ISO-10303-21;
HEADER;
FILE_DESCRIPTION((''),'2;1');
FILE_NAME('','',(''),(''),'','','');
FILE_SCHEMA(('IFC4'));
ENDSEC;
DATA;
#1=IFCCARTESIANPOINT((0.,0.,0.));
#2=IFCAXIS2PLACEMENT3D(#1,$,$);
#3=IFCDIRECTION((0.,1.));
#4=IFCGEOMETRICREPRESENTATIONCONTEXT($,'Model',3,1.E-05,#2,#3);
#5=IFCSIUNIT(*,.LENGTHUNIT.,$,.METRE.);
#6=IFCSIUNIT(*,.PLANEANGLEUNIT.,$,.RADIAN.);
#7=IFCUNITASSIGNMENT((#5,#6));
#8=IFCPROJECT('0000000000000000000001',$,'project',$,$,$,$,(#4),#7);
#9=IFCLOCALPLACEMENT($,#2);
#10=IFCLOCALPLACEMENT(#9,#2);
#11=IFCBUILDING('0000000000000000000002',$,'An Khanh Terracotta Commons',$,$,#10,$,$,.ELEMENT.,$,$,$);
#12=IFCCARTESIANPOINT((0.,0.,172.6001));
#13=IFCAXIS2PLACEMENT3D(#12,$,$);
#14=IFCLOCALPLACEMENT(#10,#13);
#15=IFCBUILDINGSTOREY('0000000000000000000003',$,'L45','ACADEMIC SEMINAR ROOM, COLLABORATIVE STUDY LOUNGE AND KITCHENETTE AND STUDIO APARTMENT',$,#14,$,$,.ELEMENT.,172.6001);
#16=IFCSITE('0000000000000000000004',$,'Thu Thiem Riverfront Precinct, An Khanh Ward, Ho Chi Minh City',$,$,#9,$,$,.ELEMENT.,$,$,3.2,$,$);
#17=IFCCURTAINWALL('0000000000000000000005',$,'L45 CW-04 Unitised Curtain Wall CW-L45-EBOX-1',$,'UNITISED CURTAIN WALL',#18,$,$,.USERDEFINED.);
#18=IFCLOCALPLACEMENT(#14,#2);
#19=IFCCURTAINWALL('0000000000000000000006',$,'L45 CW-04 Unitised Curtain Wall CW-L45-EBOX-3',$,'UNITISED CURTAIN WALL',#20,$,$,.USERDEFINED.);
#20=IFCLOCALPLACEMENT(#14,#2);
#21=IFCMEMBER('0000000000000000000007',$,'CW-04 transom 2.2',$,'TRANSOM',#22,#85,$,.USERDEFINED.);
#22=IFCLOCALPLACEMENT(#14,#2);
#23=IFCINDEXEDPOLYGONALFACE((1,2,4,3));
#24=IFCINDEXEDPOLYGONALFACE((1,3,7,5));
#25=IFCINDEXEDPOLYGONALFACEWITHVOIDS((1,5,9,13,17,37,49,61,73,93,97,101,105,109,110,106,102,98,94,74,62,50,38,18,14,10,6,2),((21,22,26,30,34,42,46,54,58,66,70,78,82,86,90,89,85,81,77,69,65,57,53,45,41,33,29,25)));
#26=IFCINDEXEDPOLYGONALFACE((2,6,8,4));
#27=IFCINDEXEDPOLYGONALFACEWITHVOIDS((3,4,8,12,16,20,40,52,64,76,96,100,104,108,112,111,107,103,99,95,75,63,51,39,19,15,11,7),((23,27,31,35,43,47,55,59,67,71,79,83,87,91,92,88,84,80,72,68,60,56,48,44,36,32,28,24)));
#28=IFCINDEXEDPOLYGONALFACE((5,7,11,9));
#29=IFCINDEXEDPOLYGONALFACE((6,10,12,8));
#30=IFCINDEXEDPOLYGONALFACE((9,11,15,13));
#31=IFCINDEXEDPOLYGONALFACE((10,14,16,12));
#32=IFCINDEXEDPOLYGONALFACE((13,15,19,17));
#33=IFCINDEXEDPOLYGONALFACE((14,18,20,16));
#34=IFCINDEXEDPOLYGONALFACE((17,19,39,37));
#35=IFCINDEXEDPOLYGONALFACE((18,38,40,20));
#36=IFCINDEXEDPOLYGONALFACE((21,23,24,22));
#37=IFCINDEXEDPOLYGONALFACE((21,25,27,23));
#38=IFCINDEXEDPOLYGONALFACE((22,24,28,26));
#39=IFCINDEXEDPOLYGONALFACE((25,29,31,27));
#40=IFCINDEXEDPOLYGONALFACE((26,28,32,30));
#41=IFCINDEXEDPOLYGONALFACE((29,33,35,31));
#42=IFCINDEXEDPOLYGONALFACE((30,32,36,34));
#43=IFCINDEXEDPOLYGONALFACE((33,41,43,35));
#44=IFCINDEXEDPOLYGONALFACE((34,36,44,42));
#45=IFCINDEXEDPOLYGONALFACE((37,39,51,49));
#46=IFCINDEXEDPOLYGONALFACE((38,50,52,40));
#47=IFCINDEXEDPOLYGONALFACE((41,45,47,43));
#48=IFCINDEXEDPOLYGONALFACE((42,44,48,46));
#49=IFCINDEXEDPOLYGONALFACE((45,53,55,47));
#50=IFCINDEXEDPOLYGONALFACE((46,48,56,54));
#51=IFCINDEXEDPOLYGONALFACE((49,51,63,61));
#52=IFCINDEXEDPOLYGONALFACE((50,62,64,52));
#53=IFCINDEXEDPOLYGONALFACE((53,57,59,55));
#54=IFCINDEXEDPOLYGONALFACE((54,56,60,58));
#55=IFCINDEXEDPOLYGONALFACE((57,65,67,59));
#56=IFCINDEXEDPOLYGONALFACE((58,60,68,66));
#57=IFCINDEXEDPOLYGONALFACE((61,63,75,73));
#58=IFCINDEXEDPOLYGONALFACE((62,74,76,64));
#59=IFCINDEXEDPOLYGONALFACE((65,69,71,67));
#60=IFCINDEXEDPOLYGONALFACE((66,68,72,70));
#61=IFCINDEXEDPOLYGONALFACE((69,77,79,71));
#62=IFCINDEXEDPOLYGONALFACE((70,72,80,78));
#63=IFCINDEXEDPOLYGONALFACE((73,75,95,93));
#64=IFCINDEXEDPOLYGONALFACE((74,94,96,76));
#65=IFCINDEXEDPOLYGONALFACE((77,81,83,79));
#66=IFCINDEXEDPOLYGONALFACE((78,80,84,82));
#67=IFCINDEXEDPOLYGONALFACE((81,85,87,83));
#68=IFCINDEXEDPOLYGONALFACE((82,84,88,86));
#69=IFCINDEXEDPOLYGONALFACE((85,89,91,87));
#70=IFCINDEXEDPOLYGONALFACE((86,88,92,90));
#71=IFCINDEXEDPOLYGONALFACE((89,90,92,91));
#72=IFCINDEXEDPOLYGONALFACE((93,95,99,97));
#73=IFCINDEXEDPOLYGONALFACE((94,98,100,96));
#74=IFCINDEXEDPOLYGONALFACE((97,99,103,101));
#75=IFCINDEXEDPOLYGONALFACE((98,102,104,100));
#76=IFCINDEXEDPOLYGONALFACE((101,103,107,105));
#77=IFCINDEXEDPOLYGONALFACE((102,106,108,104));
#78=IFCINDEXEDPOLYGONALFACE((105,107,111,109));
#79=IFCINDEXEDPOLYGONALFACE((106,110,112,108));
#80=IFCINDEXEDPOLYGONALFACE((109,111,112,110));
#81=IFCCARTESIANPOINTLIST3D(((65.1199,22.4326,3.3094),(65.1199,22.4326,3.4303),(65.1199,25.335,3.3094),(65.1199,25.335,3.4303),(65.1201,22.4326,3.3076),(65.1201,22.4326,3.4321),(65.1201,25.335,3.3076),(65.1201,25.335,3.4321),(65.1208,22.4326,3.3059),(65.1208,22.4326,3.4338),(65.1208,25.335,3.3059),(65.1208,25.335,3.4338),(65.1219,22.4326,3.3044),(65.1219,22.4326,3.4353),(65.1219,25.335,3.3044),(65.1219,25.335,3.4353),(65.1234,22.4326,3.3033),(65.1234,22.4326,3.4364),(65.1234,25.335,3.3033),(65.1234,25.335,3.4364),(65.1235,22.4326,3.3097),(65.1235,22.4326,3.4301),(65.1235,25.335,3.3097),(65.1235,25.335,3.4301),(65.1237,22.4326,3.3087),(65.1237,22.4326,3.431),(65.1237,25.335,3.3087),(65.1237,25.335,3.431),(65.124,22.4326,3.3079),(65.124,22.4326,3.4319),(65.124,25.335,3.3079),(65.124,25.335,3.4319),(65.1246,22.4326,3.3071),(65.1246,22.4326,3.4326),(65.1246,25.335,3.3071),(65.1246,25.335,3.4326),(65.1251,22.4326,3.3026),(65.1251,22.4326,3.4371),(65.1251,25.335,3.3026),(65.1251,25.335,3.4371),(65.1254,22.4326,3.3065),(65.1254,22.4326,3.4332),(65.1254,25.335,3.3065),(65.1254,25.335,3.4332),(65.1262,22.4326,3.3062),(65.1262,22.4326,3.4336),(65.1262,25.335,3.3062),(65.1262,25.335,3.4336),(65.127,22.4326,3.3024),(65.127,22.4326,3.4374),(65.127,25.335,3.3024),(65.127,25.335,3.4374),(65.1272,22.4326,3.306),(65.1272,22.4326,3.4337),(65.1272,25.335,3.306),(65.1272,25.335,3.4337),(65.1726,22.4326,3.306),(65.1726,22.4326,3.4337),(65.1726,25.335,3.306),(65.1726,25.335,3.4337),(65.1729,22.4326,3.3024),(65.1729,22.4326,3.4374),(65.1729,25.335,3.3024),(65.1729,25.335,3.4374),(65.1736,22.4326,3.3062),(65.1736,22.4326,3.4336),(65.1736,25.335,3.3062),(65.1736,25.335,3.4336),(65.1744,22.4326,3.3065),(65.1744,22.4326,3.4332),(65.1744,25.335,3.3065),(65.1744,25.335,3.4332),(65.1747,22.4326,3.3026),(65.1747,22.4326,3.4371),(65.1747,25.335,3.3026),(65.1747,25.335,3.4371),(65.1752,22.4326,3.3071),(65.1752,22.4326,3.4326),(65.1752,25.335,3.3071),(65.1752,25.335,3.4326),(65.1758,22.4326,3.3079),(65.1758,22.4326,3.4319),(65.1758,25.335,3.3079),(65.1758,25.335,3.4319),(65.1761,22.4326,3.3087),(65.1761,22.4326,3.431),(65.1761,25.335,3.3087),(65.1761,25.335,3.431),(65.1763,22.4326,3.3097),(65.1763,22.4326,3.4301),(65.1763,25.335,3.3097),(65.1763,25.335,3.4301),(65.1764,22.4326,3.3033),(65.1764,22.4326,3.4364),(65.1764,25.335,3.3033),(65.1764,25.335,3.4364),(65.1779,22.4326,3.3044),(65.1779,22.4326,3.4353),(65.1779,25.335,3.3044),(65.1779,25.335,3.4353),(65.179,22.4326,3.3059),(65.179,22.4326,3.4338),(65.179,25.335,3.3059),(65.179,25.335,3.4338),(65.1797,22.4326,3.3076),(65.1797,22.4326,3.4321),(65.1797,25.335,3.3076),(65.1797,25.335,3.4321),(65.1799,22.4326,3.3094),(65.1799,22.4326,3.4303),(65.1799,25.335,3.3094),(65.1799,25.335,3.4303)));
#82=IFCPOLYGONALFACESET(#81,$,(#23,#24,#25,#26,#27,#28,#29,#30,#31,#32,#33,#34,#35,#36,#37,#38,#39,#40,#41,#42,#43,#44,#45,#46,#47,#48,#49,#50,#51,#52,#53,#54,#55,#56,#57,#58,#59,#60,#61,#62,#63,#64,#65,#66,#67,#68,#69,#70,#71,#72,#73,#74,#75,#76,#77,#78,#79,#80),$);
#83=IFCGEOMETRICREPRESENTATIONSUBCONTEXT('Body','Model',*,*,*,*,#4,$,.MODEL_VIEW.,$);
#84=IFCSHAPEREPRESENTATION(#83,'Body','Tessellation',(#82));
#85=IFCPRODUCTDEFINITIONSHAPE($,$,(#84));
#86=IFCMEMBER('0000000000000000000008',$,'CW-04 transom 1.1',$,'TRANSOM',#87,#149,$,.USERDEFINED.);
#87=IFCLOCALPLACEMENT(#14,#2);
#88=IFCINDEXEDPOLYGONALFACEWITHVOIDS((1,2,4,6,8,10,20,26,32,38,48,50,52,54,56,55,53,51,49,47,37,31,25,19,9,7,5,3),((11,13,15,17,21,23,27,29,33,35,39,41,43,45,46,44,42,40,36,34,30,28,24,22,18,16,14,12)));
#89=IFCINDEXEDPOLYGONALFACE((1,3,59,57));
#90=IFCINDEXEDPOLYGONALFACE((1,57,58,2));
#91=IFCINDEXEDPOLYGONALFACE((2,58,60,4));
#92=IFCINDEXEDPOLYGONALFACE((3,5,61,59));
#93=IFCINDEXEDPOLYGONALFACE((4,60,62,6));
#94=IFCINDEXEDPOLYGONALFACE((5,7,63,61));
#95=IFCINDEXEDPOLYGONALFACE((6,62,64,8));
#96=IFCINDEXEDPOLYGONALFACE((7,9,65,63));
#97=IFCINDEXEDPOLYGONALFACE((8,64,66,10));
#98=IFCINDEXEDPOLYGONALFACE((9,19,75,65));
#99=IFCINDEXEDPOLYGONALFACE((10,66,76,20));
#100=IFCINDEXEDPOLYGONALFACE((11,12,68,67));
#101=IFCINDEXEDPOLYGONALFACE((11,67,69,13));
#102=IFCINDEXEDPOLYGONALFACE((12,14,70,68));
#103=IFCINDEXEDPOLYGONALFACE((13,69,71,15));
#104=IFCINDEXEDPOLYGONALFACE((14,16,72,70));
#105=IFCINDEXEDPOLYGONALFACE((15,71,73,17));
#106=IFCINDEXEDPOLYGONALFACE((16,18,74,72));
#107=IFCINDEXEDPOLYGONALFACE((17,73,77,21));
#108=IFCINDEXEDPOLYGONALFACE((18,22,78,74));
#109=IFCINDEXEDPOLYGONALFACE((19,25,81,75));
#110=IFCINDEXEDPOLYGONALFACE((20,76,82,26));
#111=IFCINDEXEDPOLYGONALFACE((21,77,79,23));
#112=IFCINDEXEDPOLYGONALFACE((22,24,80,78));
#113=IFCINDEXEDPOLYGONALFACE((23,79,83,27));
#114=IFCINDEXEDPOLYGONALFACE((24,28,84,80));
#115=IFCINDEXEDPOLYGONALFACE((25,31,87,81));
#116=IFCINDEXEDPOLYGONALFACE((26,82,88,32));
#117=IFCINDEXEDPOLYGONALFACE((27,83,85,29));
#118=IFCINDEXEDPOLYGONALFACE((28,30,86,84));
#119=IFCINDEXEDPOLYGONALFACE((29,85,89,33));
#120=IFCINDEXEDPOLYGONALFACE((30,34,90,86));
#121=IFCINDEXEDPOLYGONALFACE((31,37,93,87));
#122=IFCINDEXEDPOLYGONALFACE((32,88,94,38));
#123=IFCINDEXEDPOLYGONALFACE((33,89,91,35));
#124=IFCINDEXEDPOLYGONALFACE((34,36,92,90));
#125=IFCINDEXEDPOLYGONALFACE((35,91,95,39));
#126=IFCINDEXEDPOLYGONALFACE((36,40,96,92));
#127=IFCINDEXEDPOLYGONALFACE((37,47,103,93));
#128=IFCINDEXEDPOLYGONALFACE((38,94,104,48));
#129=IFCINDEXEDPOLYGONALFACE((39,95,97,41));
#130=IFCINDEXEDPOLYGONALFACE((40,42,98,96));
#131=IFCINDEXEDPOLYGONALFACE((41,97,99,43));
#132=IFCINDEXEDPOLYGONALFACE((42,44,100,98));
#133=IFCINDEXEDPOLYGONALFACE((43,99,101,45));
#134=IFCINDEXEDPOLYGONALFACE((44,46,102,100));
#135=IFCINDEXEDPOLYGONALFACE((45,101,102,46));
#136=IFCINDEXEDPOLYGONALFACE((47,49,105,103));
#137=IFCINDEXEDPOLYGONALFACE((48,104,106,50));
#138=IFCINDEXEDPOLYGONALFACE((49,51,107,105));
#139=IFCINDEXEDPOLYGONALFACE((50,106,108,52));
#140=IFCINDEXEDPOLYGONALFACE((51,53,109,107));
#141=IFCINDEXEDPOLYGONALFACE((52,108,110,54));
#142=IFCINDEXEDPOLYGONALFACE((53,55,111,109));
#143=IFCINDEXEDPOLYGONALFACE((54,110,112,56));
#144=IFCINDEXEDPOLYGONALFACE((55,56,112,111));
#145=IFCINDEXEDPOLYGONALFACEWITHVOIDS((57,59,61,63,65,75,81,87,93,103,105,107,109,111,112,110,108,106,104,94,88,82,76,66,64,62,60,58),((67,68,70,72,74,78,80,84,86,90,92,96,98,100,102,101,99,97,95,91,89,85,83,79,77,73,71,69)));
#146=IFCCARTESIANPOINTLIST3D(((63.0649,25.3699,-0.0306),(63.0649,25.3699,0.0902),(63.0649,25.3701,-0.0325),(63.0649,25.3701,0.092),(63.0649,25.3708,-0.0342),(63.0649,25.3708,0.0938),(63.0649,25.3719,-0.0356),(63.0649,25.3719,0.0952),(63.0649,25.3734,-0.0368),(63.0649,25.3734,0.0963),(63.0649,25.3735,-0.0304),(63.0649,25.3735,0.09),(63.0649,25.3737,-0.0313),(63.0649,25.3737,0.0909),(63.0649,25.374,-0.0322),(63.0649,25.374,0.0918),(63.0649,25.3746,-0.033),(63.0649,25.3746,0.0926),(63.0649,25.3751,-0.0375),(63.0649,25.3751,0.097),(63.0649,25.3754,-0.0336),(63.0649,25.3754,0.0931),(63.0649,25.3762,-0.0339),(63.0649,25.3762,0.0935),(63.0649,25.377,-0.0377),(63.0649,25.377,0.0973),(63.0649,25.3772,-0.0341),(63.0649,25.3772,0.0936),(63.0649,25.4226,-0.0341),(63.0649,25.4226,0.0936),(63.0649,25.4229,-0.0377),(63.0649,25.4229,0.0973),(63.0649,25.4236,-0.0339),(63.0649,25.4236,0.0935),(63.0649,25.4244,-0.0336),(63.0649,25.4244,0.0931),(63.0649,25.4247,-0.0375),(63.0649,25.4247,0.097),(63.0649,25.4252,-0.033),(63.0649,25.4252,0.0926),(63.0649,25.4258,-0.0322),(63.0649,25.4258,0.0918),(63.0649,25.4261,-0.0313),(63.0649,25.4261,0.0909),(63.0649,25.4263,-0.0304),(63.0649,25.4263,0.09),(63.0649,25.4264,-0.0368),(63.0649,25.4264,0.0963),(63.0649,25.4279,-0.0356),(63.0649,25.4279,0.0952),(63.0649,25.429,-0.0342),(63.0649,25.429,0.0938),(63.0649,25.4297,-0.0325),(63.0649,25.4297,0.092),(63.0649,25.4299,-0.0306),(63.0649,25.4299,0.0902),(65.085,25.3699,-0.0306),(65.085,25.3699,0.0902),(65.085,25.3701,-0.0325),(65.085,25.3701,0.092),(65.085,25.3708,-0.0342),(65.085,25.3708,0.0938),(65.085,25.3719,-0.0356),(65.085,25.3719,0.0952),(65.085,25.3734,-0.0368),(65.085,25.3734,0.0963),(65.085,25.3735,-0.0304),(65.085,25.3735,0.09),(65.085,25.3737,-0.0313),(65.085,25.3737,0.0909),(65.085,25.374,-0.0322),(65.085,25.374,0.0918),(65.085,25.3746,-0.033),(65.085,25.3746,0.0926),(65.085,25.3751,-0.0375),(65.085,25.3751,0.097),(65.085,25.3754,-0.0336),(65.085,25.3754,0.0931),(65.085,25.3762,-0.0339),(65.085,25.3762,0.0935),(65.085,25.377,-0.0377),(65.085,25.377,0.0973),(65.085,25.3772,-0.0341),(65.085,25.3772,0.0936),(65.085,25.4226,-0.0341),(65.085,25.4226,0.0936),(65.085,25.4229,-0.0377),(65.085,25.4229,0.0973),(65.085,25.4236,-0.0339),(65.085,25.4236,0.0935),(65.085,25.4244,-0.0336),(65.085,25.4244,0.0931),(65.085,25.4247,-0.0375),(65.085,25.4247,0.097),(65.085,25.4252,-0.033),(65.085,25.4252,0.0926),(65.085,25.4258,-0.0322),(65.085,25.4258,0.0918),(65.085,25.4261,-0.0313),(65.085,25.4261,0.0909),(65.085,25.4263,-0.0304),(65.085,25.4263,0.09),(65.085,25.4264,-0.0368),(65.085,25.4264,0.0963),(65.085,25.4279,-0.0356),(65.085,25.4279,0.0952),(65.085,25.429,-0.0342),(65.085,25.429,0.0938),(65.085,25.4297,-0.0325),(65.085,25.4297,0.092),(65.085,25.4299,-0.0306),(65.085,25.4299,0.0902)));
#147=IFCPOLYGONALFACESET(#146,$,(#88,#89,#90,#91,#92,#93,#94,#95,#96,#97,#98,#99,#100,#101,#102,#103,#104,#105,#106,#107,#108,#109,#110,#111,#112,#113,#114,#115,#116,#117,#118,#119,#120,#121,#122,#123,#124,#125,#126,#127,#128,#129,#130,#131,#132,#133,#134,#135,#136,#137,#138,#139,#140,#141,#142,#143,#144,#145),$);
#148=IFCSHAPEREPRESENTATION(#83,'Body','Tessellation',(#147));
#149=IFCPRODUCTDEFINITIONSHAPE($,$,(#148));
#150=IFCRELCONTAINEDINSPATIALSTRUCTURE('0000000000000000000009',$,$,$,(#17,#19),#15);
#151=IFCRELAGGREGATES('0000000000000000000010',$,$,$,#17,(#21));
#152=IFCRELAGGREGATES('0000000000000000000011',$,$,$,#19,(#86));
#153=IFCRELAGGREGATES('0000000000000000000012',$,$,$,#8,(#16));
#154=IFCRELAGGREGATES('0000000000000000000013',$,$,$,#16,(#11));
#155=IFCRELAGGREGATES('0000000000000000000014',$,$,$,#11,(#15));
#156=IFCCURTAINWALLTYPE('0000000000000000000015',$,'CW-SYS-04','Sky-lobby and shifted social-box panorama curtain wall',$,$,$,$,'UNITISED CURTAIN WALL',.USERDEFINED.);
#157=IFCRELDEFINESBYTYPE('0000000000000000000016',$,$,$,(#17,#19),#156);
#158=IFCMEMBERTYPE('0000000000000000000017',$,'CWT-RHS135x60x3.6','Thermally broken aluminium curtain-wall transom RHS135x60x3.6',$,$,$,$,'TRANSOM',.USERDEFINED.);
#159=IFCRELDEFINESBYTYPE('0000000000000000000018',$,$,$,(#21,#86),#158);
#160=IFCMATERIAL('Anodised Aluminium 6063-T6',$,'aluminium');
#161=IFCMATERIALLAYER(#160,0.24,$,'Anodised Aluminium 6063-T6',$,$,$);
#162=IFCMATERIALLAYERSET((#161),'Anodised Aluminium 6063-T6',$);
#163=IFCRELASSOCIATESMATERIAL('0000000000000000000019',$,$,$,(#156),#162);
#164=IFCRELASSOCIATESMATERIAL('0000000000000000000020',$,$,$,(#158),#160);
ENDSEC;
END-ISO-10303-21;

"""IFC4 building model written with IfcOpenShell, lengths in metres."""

from ifc_helpers import new_model, si_unit, direction, frame, origin, origin_2d, place, context, subcontext, project, spatial, hollow_rectangle, extrude, material, layer, layer_set, material_profile, profile_set, type_object, element, aggregate, save


model = new_model("IFC4")

# Units and contexts
model_context = context("Model", 3, precision=1e-05, world=origin(), true_north=direction((0.0, 1.0)))
body_context = subcontext(model_context, "Body", "Model", "MODEL_VIEW")
ifc_project = project(units=[si_unit("LENGTHUNIT", "METRE"), si_unit("PLANEANGLEUNIT", "RADIAN")], contexts=[model_context])

# Site, building, storey
site_placement = place(None, origin())
site = spatial("IfcSite", under=ifc_project, at=site_placement, Name="Thu Thiem Riverfront Precinct, An Khanh Ward, Ho Chi Minh City", CompositionType="ELEMENT", RefElevation=3.2)
building_placement = place(site_placement, origin())
building = spatial("IfcBuilding", under=site, at=building_placement, Name="An Khanh Terracotta Commons", CompositionType="ELEMENT")
storey_placement = place(building_placement, frame((0.0, 0.0, 172.6001)))
storey = spatial("IfcBuildingStorey", under=building, at=storey_placement, Name="L45", Description="ACADEMIC SEMINAR ROOM, COLLABORATIVE STUDY LOUNGE AND KITCHENETTE AND STUDIO APARTMENT", CompositionType="ELEMENT", Elevation=172.6001)

# Curtain wall
ifc_material_1 = material(Name="Anodised Aluminium 6063-T6", Category="aluminium")
ifc_layer_1 = layer(ifc_material_1, 0.24, Name="Anodised Aluminium 6063-T6")
ifc_layer_set_1 = layer_set([ifc_layer_1], Name="Anodised Aluminium 6063-T6")
curtain_wall_type_1 = type_object("IfcCurtainWallType", Name="CW-SYS-04", Description="Sky-lobby and shifted social-box panorama curtain wall", ElementType="UNITISED CURTAIN WALL", PredefinedType="USERDEFINED", material=ifc_layer_set_1)
curtain_wall_1_placement = place(storey_placement, origin())
curtain_wall_1 = element("IfcCurtainWall", 1, at=curtain_wall_1_placement, inside=storey, type_object=curtain_wall_type_1, Name="L45 CW-04 Unitised Curtain Wall CW-L45-EBOX-1", ObjectType="UNITISED CURTAIN WALL", PredefinedType="USERDEFINED")

# Curtain wall
curtain_wall_2_placement = place(storey_placement, origin())
curtain_wall_2 = element("IfcCurtainWall", 2, at=curtain_wall_2_placement, inside=storey, type_object=curtain_wall_type_1, Name="L45 CW-04 Unitised Curtain Wall CW-L45-EBOX-3", ObjectType="UNITISED CURTAIN WALL", PredefinedType="USERDEFINED")

# Members
ifc_material_profile_1 = material_profile(ifc_material_1, hollow_rectangle(XDim=0.0601, YDim=0.135, WallThickness=0.0037, InnerFilletRadius=0.0037, OuterFilletRadius=0.0071, at=origin_2d()), Name="RHS135x60x3.6")
ifc_profile_set_1 = profile_set([ifc_material_profile_1], Name="Anodised Aluminium 6063-T6")
member_type_1 = type_object("IfcMemberType", Name="CWT-RHS135x60x3.6", Description="Thermally broken aluminium curtain-wall transom RHS135x60x3.6", ElementType="TRANSOM", PredefinedType="USERDEFINED", material=ifc_profile_set_1)
member_1_placement = place(storey_placement, frame((65.1499, 22.4326, 3.3699), z_axis=(0.0, 1.0, 0.0), x_axis=(-1.0, 0.0, 0.0)))
member_1 = element("IfcMember", 3, at=member_1_placement, type_object=member_type_1, Name="CW-04 transom 2.2", ObjectType="TRANSOM", PredefinedType="USERDEFINED", context=body_context, shape_type="SweptSolid", body=[
    extrude(hollow_rectangle(XDim=0.0601, YDim=0.135, WallThickness=0.0037, InnerFilletRadius=0.0037, OuterFilletRadius=0.0071, at=origin_2d()), origin(), (0.0, 0.0, 1.0), 2.9023),
])
member_2_placement = place(storey_placement, frame((65.085, 25.3999, 0.0298), z_axis=(-1.0, 0.0, 0.0), x_axis=(0.0, -1.0, 0.0)))
member_2 = element("IfcMember", 4, at=member_2_placement, type_object=member_type_1, Name="CW-04 transom 1.1", ObjectType="TRANSOM", PredefinedType="USERDEFINED", context=body_context, shape_type="SweptSolid", body=[
    extrude(hollow_rectangle(XDim=0.0601, YDim=0.135, WallThickness=0.0037, InnerFilletRadius=0.0037, OuterFilletRadius=0.0071, at=origin_2d()), origin(), (0.0, 0.0, 1.0), 2.02),
])

aggregate(curtain_wall_1, [member_1])
aggregate(curtain_wall_2, [member_2])

save(model, "model.ifc")
